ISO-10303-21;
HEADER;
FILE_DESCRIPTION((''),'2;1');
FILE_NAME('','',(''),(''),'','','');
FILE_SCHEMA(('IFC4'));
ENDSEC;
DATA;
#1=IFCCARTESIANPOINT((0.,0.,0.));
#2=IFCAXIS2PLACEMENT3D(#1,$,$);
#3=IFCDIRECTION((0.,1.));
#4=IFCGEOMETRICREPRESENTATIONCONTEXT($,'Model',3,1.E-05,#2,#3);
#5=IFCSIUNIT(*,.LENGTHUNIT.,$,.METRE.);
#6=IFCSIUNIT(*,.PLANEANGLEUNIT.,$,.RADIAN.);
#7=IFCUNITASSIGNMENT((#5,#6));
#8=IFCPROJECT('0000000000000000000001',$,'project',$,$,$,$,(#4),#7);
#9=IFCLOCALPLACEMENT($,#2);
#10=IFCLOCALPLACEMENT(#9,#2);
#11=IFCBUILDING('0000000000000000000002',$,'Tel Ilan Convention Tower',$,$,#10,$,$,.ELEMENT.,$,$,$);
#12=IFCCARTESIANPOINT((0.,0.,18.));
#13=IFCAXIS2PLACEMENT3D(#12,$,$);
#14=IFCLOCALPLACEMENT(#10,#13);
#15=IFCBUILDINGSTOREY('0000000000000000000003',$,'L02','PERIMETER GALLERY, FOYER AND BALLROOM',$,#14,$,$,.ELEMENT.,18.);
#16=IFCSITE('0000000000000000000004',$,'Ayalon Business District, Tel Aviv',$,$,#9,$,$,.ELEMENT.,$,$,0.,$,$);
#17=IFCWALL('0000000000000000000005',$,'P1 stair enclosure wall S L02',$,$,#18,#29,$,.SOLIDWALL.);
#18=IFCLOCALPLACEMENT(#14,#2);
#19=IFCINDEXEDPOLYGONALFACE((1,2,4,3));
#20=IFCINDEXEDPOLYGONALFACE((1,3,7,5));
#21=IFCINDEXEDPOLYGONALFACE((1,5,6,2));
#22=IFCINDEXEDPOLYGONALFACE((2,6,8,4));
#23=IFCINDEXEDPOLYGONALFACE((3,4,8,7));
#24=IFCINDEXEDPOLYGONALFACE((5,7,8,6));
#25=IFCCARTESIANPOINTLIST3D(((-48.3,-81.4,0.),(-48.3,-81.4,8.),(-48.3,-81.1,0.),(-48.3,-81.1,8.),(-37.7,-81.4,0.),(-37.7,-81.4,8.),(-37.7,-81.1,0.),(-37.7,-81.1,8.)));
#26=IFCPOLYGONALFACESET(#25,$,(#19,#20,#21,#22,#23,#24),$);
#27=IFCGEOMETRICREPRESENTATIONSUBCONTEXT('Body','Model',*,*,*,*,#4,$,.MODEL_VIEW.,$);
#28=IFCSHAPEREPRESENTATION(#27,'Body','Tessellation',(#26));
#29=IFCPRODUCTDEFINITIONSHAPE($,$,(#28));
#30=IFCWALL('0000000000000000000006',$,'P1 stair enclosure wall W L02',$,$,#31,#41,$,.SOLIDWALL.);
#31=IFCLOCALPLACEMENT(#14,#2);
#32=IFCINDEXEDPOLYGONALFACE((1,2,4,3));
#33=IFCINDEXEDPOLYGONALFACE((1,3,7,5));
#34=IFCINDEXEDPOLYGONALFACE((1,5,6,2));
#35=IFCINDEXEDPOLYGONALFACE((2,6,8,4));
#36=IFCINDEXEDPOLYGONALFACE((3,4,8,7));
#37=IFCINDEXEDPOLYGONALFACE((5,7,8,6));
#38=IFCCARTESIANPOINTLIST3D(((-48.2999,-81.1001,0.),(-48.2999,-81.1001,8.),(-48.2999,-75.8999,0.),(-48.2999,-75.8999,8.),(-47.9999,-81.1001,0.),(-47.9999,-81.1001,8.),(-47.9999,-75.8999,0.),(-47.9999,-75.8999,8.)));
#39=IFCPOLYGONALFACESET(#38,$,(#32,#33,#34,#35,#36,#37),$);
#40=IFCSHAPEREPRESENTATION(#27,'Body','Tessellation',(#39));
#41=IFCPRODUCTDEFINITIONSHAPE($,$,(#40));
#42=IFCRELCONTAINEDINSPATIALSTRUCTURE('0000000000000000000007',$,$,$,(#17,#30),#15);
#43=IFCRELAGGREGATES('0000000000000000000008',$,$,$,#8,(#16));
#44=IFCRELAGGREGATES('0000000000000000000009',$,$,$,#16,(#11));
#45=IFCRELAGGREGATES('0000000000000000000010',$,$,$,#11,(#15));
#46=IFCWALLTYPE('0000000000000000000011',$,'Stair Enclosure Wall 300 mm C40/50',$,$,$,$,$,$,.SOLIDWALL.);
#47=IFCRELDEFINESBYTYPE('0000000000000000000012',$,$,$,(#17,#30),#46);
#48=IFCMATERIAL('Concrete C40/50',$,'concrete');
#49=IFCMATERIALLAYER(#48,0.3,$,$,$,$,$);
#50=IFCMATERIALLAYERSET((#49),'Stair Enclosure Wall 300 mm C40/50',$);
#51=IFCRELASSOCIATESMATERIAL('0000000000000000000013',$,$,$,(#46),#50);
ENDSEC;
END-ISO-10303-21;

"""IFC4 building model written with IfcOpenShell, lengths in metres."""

from ifc_helpers import new_model, si_unit, direction, frame, frame_2d, origin, place, context, subcontext, project, spatial, rectangle, extrude, material, layer, layer_set, type_object, element, save


model = new_model("IFC4")

# Units and contexts
model_context = context("Model", 3, precision=1e-05, world=origin(), true_north=direction((0.0, 1.0)))
body_context = subcontext(model_context, "Body", "Model", "MODEL_VIEW")
ifc_project = project(units=[si_unit("LENGTHUNIT", "METRE"), si_unit("PLANEANGLEUNIT", "RADIAN")], contexts=[model_context])

# Site, building, storey
site_placement = place(None, origin())
site = spatial("IfcSite", under=ifc_project, at=site_placement, Name="Ayalon Business District, Tel Aviv", CompositionType="ELEMENT", RefElevation=0.0)
building_placement = place(site_placement, origin())
building = spatial("IfcBuilding", under=site, at=building_placement, Name="Tel Ilan Convention Tower", CompositionType="ELEMENT")
storey_placement = place(building_placement, frame((0.0, 0.0, 18.0)))
storey = spatial("IfcBuildingStorey", under=building, at=storey_placement, Name="L02", Description="PERIMETER GALLERY, FOYER AND BALLROOM", CompositionType="ELEMENT", Elevation=18.0)

# Walls
ifc_material = material(Name="Concrete C40/50", Category="concrete")
ifc_layer = layer(ifc_material, 0.3)
ifc_layer_set = layer_set([ifc_layer], Name="Stair Enclosure Wall 300 mm C40/50")
wall_type = type_object("IfcWallType", Name="Stair Enclosure Wall 300 mm C40/50", PredefinedType="SOLIDWALL", material=ifc_layer_set)
wall_1_placement = place(storey_placement, frame((-48.3, -81.25, 0.0), z_axis=(0.0, 0.0, 1.0), x_axis=(1.0, 0.0, 0.0)))
element("IfcWall", 1, at=wall_1_placement, inside=storey, type_object=wall_type, Name="P1 stair enclosure wall S L02", PredefinedType="SOLIDWALL", context=body_context, shape_type="SweptSolid", body=[
    extrude(rectangle(XDim=10.6001, YDim=0.3, at=frame_2d((5.3, 0.0))), origin(), (0.0, 0.0, 1.0), 8.0),
])
wall_2_placement = place(storey_placement, frame((-48.1499, -81.1001, 0.0), z_axis=(0.0, 0.0, 1.0), x_axis=(0.0, 1.0, 0.0)))
element("IfcWall", 2, at=wall_2_placement, inside=storey, type_object=wall_type, Name="P1 stair enclosure wall W L02", PredefinedType="SOLIDWALL", context=body_context, shape_type="SweptSolid", body=[
    extrude(rectangle(XDim=5.2002, YDim=0.3, at=frame_2d((2.6001, 0.0))), origin(), (0.0, 0.0, 1.0), 8.0),
])

save(model, "model.ifc")
